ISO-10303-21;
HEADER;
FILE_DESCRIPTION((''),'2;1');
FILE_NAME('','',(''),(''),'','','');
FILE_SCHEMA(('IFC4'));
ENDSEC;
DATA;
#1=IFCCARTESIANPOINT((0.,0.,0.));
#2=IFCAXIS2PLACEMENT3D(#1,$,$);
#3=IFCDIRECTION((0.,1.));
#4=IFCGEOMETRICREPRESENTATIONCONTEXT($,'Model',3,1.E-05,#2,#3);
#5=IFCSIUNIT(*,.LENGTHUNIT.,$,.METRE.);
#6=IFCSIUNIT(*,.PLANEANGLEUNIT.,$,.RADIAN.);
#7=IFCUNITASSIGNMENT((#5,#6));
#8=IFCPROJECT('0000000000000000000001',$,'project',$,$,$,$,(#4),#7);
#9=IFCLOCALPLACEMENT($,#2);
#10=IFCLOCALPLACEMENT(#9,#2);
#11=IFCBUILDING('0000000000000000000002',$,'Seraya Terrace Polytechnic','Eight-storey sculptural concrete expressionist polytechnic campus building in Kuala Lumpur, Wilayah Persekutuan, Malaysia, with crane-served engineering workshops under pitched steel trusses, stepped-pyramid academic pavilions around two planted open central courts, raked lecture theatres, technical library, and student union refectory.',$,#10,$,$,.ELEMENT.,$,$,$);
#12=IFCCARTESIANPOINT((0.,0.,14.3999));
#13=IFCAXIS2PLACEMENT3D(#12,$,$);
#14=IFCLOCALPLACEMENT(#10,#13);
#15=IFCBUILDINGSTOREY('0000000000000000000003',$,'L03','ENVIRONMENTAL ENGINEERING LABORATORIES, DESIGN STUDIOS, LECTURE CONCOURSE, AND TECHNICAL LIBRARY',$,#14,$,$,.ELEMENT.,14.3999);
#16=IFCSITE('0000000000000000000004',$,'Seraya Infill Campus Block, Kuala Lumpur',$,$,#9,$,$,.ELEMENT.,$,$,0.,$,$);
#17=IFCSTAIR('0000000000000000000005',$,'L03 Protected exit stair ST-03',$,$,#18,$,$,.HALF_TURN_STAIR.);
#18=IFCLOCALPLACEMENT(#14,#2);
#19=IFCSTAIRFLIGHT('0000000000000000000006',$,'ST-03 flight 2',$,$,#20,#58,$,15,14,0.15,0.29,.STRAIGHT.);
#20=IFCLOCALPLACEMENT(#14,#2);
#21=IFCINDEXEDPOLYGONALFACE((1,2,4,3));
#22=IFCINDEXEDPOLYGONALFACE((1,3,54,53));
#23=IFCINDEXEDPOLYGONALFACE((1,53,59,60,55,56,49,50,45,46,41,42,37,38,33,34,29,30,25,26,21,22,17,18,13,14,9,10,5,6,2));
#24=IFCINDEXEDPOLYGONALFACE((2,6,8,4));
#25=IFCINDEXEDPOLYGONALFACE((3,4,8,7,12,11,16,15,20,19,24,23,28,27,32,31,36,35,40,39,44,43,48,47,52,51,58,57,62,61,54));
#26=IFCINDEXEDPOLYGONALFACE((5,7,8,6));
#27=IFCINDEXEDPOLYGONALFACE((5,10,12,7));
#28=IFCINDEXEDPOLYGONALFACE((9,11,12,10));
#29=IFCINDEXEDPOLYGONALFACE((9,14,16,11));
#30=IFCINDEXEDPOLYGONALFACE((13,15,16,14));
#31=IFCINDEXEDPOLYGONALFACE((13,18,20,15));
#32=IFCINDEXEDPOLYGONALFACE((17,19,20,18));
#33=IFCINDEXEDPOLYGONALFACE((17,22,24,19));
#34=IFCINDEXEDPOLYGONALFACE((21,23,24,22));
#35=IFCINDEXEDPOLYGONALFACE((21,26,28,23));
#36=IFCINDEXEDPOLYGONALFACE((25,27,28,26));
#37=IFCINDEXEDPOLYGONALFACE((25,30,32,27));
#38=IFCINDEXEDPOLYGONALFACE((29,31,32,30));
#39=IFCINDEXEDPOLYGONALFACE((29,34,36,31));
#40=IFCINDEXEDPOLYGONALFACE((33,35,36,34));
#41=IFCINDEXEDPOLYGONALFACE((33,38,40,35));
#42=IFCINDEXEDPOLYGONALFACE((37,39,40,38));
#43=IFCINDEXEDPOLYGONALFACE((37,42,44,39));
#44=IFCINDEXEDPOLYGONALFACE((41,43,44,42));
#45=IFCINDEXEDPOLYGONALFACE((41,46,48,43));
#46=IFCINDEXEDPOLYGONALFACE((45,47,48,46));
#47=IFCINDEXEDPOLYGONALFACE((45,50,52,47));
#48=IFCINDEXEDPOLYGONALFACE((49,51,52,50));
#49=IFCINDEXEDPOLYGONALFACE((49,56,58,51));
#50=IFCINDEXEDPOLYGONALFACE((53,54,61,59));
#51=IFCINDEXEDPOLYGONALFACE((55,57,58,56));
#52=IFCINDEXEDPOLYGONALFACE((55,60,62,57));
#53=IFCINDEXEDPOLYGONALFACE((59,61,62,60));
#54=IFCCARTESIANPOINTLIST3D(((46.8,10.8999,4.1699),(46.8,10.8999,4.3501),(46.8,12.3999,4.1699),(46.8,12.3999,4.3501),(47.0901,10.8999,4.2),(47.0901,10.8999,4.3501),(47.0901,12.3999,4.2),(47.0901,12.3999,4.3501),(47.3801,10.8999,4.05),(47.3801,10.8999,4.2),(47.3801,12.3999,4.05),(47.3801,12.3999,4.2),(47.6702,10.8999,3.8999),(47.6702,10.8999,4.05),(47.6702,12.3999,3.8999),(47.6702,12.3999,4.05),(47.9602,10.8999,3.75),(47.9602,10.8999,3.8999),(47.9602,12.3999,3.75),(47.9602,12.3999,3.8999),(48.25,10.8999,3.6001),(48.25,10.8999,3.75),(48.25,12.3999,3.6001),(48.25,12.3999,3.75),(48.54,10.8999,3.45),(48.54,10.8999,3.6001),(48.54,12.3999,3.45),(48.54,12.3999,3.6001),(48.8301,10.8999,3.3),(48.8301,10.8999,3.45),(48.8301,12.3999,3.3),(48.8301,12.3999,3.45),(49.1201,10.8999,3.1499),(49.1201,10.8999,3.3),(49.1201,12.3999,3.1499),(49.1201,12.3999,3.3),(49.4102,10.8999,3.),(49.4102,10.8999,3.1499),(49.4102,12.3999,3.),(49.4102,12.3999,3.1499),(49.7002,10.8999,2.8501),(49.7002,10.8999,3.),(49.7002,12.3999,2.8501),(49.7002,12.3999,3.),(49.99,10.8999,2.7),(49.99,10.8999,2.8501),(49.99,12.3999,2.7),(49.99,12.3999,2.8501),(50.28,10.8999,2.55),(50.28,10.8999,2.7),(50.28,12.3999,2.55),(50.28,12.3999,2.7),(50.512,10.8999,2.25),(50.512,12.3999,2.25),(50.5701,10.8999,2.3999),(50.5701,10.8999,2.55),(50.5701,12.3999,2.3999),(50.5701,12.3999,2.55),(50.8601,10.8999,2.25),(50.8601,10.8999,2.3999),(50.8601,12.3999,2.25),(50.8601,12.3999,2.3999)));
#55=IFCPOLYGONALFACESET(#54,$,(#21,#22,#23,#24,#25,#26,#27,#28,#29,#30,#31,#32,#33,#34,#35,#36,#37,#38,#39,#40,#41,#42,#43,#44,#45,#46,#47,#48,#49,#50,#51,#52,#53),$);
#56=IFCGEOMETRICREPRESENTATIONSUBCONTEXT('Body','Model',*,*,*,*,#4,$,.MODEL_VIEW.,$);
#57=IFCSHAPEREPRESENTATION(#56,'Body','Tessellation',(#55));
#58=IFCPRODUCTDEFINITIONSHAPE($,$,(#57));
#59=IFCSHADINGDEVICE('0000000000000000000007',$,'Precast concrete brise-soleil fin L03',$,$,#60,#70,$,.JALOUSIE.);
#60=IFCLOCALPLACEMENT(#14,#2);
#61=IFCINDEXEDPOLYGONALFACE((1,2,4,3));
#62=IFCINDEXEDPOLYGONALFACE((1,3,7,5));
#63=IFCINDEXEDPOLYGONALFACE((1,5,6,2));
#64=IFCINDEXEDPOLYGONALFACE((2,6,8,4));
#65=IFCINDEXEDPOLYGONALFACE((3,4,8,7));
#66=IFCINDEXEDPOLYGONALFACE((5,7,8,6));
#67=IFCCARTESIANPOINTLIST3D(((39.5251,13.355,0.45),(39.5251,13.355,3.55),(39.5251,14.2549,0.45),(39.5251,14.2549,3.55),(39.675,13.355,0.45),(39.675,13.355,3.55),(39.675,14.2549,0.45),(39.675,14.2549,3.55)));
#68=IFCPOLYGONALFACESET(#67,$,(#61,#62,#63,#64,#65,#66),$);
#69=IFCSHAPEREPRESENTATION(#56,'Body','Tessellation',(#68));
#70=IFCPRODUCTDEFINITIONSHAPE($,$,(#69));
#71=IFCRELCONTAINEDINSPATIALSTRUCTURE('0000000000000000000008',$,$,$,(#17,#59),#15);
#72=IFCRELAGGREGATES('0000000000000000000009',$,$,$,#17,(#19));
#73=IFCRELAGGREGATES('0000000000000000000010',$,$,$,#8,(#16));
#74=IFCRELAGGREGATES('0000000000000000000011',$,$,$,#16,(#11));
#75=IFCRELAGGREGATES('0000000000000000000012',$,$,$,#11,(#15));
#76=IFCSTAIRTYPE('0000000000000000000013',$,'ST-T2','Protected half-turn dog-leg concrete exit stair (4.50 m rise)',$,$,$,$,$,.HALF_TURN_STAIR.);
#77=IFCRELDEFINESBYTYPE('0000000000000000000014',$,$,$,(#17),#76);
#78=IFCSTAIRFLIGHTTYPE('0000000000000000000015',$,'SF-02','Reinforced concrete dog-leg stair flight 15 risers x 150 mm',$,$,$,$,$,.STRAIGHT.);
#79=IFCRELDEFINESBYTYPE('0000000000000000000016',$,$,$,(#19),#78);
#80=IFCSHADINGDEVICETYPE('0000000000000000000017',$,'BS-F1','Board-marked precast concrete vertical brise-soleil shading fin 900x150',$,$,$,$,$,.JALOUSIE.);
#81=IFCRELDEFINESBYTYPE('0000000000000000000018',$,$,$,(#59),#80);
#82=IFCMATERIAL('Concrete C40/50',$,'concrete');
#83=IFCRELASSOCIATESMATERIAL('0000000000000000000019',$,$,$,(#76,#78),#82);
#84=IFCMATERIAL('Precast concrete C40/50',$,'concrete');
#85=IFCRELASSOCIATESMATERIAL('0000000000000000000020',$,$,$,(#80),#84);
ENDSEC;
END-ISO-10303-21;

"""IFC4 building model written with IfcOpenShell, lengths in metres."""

from ifc_helpers import new_model, si_unit, direction, frame, origin, origin_2d, place, context, subcontext, project, spatial, polyline, rectangle, outline, extrude, material, type_object, element, aggregate, save


model = new_model("IFC4")

# Units and contexts
model_context = context("Model", 3, precision=1e-05, world=origin(), true_north=direction((0.0, 1.0)))
body_context = subcontext(model_context, "Body", "Model", "MODEL_VIEW")
ifc_project = project(units=[si_unit("LENGTHUNIT", "METRE"), si_unit("PLANEANGLEUNIT", "RADIAN")], contexts=[model_context])

# Site, building, storey
site_placement = place(None, origin())
site = spatial("IfcSite", under=ifc_project, at=site_placement, Name="Seraya Infill Campus Block, Kuala Lumpur", CompositionType="ELEMENT", RefElevation=0.0)
building_placement = place(site_placement, origin())
building = spatial("IfcBuilding", under=site, at=building_placement, Name="Seraya Terrace Polytechnic", Description="Eight-storey sculptural concrete expressionist polytechnic campus building in Kuala Lumpur, Wilayah Persekutuan, Malaysia, with crane-served engineering workshops under pitched steel trusses, stepped-pyramid academic pavilions around two planted open central courts, raked lecture theatres, technical library, and student union refectory.", CompositionType="ELEMENT")
storey_placement = place(building_placement, frame((0.0, 0.0, 14.3999)))
storey = spatial("IfcBuildingStorey", under=building, at=storey_placement, Name="L03", Description="ENVIRONMENTAL ENGINEERING LABORATORIES, DESIGN STUDIOS, LECTURE CONCOURSE, AND TECHNICAL LIBRARY", CompositionType="ELEMENT", Elevation=14.3999)

# Shared definitions
ifc_material_1 = material(Name="Concrete C40/50", Category="concrete")

# Stair, stair flight
stair_type = type_object("IfcStairType", Name="ST-T2", Description="Protected half-turn dog-leg concrete exit stair (4.50 m rise)", PredefinedType="HALF_TURN_STAIR", material=ifc_material_1)
stair_placement = place(storey_placement, origin())
stair = element("IfcStair", 1, at=stair_placement, inside=storey, type_object=stair_type, Name="L03 Protected exit stair ST-03", PredefinedType="HALF_TURN_STAIR")
stair_flight_type = type_object("IfcStairFlightType", Name="SF-02", Description="Reinforced concrete dog-leg stair flight 15 risers x 150 mm", PredefinedType="STRAIGHT", material=ifc_material_1)
stair_flight_1_placement = place(storey_placement, frame((50.8601, 11.6499, 2.25), z_axis=(0.0, 0.0, 1.0), x_axis=(-1.0, 0.0, 0.0)))
stair_flight_1 = element("IfcStairFlight", 2, at=stair_flight_1_placement, type_object=stair_flight_type, Name="ST-03 flight 2", NumberOfRisers=15, NumberOfTreads=14, PredefinedType="STRAIGHT", RiserHeight=0.15, TreadLength=0.29, context=body_context, shape_type="SweptSolid", body=[
    extrude(outline(polyline([(0.0, 0.0), (0.0, 0.1499), (0.29, 0.1499), (0.29, 0.3), (0.5801, 0.3), (0.5801, 0.45), (0.8701, 0.45), (0.8701, 0.6001), (1.1599, 0.6001), (1.1599, 0.75), (1.45, 0.75), (1.45, 0.8999), (1.74, 0.8999), (1.74, 1.05), (2.03, 1.05), (2.03, 1.2), (2.3201, 1.2), (2.3201, 1.3501), (2.6101, 1.3501), (2.6101, 1.5), (2.8999, 1.5), (2.8999, 1.6499), (3.1899, 1.6499), (3.1899, 1.8), (3.48, 1.8), (3.48, 1.95), (3.77, 1.95), (3.77, 2.1001), (4.0601, 2.1001), (4.0601, 2.25), (4.0601, 1.9199), (0.3481, 0.0), (0.0, 0.0)])), frame((0.0, 0.75, 0.0), z_axis=(0.0, -1.0, 0.0), x_axis=(1.0, 0.0, 0.0)), (0.0, 0.0, 1.0), 1.5),
])
aggregate(stair, [stair_flight_1])

# Shading device
ifc_material_2 = material(Name="Precast concrete C40/50", Category="concrete")
shading_device_type = type_object("IfcShadingDeviceType", Name="BS-F1", Description="Board-marked precast concrete vertical brise-soleil shading fin 900x150", PredefinedType="JALOUSIE", material=ifc_material_2)
shading_device_placement = place(storey_placement, frame((39.6001, 13.8049, 0.45), z_axis=(0.0, 0.0, 1.0), x_axis=(0.0, -1.0, 0.0)))
element("IfcShadingDevice", 3, at=shading_device_placement, inside=storey, type_object=shading_device_type, Name="Precast concrete brise-soleil fin L03", PredefinedType="JALOUSIE", context=body_context, shape_type="SweptSolid", body=[
    extrude(rectangle(XDim=0.8999, YDim=0.1499, at=origin_2d()), origin(), (0.0, 0.0, 1.0), 3.1001),
])

save(model, "model.ifc")
